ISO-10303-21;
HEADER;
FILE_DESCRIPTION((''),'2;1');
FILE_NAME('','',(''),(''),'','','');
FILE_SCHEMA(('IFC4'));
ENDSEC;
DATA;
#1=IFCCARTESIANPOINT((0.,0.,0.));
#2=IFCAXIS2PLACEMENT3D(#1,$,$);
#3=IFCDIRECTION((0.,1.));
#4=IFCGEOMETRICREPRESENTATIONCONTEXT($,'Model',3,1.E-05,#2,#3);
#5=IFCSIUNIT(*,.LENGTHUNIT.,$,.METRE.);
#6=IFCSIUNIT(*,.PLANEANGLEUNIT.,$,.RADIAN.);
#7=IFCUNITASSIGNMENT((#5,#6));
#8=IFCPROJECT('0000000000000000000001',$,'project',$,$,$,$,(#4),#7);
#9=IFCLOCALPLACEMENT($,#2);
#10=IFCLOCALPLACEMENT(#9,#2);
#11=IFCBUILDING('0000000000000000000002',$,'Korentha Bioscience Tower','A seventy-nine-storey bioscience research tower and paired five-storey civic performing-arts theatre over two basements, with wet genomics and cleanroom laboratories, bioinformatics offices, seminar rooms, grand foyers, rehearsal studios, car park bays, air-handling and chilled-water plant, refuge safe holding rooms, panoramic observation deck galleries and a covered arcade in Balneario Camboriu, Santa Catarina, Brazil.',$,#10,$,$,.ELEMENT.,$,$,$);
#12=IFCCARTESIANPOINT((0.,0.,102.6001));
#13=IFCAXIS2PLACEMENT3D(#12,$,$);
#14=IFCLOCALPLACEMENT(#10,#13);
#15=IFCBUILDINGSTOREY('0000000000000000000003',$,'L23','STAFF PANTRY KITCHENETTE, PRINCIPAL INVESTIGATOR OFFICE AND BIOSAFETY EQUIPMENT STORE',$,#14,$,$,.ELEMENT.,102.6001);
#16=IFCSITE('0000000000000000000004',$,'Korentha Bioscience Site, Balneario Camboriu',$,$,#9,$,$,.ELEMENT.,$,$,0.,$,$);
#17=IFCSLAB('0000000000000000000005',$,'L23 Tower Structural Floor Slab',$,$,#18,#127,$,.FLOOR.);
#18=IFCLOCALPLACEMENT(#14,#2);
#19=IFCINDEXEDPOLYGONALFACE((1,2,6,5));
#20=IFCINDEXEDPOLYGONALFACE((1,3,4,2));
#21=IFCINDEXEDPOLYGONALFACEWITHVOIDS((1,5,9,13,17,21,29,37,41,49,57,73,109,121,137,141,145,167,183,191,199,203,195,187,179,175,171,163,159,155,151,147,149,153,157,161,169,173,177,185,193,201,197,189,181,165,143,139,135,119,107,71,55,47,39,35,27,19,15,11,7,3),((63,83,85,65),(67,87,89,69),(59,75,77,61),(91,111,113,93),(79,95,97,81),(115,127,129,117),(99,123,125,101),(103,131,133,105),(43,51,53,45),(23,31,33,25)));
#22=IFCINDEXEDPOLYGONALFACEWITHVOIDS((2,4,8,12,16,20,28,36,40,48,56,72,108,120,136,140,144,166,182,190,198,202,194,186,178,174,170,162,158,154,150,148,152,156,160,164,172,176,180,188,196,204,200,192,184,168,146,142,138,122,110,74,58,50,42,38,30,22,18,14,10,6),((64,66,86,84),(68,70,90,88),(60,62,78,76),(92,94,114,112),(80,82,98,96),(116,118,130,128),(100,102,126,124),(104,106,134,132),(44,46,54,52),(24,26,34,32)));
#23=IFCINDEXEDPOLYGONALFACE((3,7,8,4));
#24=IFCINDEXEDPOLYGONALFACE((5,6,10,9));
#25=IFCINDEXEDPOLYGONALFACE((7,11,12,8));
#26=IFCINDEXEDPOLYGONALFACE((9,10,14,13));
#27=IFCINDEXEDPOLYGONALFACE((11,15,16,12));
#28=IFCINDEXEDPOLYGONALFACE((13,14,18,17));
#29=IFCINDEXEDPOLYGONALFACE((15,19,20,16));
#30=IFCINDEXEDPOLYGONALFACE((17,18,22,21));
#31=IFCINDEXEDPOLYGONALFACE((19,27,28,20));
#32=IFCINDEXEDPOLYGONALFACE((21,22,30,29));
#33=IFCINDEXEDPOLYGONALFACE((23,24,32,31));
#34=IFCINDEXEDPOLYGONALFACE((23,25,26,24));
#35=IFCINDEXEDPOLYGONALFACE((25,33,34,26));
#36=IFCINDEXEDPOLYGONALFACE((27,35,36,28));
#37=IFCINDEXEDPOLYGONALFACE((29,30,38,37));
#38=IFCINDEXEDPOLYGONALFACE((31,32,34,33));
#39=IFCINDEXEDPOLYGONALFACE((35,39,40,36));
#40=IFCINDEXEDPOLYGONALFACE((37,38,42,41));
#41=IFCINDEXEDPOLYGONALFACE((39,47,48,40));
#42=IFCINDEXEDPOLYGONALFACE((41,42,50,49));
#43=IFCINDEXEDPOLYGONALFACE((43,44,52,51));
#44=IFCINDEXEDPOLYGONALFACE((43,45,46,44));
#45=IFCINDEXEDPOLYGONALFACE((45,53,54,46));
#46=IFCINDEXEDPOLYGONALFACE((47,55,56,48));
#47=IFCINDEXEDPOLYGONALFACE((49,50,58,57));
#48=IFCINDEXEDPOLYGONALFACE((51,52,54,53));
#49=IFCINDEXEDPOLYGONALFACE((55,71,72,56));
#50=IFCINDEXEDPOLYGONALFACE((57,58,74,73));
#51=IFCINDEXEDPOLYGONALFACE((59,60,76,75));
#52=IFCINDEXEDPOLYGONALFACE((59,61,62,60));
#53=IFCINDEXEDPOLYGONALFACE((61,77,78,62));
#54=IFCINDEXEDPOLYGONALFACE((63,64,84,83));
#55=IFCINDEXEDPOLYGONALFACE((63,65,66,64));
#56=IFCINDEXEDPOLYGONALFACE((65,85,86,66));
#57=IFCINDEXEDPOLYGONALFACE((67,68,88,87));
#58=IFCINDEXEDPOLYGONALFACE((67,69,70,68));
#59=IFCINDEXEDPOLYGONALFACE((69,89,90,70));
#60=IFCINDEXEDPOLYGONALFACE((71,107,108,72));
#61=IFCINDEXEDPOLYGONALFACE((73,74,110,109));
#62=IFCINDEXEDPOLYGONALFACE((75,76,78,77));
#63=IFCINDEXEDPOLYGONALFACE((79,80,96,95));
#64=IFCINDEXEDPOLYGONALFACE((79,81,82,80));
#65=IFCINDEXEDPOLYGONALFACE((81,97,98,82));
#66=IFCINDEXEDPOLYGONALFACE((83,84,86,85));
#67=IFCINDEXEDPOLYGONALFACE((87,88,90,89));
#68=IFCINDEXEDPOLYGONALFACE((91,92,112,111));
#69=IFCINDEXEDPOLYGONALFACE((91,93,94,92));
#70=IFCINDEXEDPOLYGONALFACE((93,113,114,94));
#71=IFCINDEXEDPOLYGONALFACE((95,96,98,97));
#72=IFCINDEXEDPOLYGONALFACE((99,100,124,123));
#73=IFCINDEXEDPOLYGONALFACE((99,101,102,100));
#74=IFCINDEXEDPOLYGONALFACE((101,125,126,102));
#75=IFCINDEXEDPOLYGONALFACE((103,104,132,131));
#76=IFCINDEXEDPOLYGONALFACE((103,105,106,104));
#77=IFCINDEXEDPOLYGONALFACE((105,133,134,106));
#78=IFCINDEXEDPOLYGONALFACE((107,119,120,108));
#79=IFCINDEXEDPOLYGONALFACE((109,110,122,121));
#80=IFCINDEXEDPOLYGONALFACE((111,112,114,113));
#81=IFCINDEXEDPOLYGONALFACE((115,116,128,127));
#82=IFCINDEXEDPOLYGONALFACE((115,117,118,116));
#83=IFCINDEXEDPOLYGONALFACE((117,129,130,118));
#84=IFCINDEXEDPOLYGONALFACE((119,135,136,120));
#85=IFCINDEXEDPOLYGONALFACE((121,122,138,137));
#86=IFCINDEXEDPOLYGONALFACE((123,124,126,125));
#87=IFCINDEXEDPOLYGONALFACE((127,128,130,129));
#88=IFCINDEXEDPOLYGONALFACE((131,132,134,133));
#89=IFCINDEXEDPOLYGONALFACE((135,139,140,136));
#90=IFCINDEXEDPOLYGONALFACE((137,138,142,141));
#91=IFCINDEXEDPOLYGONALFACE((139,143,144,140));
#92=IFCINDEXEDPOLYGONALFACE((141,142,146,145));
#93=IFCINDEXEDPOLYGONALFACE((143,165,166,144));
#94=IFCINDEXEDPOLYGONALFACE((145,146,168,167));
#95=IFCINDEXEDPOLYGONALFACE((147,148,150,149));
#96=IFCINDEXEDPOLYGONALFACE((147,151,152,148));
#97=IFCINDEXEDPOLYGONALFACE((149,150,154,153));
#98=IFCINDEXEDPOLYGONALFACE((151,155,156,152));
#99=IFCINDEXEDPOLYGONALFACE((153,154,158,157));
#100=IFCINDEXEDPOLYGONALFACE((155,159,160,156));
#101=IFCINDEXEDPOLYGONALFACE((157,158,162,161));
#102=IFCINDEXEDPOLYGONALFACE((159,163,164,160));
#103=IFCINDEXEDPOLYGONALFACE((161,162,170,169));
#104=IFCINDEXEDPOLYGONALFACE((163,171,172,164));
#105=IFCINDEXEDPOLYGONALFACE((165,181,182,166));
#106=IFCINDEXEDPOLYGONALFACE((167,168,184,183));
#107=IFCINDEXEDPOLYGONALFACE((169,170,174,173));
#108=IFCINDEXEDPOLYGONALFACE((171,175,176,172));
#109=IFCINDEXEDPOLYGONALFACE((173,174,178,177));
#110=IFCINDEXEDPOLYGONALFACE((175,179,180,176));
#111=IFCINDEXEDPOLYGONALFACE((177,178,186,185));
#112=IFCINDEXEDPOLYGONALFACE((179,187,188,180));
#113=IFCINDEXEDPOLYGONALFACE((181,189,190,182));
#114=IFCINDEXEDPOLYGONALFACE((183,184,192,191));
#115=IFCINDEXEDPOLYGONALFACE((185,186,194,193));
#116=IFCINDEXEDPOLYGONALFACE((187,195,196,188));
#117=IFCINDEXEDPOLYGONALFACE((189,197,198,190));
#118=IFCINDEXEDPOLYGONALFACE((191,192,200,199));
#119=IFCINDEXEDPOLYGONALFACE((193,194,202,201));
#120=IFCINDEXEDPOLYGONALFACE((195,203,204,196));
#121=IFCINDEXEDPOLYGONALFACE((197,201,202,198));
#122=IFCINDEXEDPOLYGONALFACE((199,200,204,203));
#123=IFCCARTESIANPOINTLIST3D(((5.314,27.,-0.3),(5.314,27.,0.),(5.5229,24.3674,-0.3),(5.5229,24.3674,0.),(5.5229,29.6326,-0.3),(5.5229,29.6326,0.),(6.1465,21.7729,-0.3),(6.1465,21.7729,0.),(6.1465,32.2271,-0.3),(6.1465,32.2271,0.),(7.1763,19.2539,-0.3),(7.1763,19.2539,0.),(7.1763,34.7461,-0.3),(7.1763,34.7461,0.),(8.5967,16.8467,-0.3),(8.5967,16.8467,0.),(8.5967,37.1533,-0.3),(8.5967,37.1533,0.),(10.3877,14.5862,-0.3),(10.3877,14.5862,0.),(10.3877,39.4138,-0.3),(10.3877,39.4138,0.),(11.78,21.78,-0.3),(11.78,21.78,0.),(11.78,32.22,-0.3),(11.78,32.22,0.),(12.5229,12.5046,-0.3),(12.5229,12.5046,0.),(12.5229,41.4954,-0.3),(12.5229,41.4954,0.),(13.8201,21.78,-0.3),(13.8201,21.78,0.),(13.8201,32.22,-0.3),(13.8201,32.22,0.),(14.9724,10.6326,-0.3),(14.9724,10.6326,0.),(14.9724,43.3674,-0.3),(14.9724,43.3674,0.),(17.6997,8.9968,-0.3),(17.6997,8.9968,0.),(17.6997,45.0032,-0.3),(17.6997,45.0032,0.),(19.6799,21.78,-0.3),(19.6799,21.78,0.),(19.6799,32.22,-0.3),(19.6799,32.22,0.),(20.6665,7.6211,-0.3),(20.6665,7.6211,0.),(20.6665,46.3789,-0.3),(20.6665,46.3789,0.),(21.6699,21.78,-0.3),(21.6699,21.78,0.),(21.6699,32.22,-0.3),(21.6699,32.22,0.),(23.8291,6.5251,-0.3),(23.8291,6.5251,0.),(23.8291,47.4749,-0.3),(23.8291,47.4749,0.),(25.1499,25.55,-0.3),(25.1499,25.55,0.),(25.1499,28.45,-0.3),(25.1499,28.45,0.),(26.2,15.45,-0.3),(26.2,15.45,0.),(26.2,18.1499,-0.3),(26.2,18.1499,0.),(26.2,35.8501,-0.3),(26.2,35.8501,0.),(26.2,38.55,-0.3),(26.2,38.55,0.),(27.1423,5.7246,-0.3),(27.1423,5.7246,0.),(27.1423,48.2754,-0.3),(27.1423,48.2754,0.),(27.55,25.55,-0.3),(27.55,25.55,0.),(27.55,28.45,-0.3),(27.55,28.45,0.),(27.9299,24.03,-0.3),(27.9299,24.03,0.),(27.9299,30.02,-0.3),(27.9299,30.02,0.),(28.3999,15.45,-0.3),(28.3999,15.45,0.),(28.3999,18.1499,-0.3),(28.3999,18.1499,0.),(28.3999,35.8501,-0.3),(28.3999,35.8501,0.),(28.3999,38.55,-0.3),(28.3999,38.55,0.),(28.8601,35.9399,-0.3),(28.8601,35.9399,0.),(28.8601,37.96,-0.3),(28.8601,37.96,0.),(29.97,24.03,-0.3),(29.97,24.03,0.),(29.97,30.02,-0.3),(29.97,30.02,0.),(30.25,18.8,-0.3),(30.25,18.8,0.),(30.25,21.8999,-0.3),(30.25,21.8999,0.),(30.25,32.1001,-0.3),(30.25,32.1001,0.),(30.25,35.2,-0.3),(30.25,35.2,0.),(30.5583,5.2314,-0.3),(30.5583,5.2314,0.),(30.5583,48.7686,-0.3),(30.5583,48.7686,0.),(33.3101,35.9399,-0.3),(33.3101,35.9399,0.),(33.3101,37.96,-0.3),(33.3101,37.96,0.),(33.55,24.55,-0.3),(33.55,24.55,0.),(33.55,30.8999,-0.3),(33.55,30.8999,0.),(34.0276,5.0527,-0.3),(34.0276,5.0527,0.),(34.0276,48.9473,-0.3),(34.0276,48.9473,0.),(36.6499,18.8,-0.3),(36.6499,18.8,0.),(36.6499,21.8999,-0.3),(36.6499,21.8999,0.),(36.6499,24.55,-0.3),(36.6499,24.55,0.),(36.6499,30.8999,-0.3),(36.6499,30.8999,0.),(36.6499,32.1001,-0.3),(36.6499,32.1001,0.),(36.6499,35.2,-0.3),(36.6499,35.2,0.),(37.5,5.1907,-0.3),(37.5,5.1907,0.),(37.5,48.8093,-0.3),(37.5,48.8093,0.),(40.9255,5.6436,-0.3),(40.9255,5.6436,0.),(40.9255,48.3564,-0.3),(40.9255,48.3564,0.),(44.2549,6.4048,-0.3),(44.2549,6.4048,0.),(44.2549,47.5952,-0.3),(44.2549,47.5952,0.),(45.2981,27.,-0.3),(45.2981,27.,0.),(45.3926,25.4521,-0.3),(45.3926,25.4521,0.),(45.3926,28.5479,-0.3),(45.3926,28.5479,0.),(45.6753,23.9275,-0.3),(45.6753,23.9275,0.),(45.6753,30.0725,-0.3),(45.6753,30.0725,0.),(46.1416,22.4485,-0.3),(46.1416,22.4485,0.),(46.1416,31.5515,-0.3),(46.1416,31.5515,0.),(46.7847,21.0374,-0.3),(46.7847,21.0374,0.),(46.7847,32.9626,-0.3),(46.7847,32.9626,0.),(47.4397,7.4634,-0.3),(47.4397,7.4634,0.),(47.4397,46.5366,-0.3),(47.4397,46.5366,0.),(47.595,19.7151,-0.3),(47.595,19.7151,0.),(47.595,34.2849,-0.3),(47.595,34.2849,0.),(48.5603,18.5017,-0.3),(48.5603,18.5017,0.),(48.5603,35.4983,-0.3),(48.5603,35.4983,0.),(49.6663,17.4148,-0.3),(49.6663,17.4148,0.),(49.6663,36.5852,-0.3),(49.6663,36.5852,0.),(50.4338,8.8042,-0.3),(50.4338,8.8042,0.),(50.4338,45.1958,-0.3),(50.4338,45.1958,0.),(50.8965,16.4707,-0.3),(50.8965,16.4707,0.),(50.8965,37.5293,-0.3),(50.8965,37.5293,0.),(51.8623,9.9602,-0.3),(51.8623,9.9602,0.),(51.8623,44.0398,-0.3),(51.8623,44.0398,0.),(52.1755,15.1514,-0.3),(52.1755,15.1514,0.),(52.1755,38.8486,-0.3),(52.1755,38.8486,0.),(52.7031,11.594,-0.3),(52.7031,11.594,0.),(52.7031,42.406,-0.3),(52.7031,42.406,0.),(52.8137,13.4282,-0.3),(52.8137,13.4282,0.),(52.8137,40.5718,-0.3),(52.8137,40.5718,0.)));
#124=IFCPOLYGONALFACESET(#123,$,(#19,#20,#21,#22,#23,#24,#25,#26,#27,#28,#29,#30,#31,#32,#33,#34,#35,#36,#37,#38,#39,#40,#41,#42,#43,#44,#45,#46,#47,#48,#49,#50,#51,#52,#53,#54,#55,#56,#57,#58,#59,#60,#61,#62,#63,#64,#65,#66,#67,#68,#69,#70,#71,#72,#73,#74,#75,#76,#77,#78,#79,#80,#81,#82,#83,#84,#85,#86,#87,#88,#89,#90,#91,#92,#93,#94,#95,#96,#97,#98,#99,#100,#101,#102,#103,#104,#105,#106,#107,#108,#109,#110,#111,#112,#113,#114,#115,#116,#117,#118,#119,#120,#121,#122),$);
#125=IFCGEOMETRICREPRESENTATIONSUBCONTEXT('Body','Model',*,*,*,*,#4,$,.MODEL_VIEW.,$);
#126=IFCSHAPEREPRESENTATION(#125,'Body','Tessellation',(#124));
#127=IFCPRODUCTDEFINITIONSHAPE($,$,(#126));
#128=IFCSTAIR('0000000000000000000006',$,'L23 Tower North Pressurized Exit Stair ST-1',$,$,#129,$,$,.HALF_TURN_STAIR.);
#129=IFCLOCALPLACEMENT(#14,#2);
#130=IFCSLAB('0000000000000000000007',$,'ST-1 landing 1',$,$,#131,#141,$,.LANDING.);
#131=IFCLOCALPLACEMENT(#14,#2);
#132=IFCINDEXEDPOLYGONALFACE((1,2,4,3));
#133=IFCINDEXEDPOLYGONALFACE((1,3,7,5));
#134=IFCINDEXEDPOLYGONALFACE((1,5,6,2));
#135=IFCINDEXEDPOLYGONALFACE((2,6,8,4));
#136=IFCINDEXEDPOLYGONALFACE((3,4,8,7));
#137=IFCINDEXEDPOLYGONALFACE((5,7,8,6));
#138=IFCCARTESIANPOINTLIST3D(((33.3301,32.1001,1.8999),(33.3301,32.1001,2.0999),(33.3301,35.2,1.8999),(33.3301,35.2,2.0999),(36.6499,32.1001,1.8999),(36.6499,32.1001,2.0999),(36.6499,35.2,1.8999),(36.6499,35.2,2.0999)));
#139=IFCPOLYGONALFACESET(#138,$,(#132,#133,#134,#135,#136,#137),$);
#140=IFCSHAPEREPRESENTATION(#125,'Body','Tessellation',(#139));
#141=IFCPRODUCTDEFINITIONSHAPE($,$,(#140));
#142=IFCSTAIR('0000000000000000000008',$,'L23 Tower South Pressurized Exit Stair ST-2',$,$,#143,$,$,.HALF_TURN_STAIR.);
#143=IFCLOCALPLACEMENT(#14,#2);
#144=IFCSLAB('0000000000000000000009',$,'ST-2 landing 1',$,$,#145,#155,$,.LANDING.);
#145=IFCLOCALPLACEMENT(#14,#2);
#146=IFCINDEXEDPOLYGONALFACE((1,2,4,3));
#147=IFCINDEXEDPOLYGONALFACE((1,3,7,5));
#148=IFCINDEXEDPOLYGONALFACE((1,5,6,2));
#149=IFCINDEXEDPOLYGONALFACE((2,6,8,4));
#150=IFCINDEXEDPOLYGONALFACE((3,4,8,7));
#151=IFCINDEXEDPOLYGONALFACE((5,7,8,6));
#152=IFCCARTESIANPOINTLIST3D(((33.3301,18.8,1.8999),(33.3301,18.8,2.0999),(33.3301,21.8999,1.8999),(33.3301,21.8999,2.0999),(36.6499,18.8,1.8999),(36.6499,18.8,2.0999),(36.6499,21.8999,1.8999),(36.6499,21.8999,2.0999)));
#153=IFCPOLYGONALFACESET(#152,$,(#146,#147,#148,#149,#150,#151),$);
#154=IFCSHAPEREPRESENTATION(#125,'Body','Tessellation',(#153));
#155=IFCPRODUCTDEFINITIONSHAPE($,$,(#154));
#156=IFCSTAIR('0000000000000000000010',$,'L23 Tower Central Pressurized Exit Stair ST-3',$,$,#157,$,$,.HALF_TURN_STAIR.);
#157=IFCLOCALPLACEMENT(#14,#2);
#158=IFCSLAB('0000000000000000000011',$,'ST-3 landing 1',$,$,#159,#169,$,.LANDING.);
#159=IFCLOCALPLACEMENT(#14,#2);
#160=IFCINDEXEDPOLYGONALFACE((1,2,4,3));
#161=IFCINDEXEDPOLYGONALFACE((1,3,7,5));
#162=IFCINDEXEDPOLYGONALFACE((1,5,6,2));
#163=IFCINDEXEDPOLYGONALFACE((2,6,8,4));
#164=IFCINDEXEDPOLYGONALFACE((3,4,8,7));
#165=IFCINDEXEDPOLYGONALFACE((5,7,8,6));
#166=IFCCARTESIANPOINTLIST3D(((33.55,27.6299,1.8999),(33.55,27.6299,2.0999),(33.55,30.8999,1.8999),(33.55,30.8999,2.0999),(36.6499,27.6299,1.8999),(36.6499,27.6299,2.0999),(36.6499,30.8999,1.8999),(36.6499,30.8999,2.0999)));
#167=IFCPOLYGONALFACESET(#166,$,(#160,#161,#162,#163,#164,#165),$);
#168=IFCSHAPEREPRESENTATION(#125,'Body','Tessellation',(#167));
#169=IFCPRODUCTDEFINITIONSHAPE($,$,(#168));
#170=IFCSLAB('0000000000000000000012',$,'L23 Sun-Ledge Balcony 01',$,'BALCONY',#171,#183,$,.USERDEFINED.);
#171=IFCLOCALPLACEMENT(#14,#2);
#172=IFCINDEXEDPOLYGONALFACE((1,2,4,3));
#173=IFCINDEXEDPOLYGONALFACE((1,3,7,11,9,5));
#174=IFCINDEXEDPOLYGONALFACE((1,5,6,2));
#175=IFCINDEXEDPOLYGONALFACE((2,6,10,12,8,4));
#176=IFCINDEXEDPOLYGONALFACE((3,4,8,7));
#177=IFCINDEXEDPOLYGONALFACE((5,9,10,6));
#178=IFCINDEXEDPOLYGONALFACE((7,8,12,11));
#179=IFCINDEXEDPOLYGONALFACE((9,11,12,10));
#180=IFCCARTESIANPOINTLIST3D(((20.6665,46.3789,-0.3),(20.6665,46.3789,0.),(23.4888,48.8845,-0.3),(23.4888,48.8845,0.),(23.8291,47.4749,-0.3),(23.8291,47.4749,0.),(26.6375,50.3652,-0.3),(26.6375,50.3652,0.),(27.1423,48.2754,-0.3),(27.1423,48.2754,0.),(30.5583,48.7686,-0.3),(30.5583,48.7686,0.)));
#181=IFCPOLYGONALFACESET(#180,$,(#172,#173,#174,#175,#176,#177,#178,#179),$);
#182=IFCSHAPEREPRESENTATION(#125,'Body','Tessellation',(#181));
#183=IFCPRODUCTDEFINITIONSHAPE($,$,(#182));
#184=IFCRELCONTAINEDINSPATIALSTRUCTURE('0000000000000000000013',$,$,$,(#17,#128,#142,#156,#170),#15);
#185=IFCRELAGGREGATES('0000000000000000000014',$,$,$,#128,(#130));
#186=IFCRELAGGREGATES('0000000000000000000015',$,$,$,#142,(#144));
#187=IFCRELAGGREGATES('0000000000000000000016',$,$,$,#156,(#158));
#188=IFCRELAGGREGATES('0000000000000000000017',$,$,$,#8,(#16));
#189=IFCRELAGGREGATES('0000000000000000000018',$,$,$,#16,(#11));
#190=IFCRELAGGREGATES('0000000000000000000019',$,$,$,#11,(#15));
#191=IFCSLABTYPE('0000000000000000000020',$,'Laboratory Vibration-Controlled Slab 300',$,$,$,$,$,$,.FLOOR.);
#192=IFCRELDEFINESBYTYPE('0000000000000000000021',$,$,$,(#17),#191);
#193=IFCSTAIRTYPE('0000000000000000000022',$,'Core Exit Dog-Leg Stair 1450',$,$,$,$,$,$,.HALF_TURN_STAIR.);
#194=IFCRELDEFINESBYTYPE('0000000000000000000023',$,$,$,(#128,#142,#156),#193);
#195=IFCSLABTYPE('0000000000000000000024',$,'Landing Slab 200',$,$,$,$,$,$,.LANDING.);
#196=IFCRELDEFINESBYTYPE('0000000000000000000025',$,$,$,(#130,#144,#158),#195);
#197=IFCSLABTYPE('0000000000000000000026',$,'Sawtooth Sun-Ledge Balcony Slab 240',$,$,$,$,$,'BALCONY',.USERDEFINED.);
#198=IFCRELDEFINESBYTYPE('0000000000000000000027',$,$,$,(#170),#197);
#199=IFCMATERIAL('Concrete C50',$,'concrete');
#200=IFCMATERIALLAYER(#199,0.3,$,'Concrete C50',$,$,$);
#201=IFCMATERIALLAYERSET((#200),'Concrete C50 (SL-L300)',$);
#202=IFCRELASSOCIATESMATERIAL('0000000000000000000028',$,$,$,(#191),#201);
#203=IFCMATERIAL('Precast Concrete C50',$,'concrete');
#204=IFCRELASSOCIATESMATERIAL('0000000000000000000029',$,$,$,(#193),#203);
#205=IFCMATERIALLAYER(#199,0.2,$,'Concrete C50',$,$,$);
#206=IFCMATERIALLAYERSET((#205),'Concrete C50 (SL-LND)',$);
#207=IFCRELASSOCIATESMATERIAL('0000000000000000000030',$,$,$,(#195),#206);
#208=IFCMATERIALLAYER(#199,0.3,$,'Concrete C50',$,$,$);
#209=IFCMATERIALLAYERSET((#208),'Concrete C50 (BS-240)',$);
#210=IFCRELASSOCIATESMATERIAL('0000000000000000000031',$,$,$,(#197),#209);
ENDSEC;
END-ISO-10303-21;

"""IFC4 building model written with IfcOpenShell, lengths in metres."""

from ifc_helpers import new_model, si_unit, direction, frame, origin, place, context, subcontext, project, spatial, polyline, outline, extrude, material, layer, layer_set, type_object, element, aggregate, save


model = new_model("IFC4")

# Units and contexts
model_context = context("Model", 3, precision=1e-05, world=origin(), true_north=direction((0.0, 1.0)))
body_context = subcontext(model_context, "Body", "Model", "MODEL_VIEW")
ifc_project = project(units=[si_unit("LENGTHUNIT", "METRE"), si_unit("PLANEANGLEUNIT", "RADIAN")], contexts=[model_context])

# Site, building, storey
site_placement = place(None, origin())
site = spatial("IfcSite", under=ifc_project, at=site_placement, Name="Korentha Bioscience Site, Balneario Camboriu", CompositionType="ELEMENT", RefElevation=0.0)
building_placement = place(site_placement, origin())
building = spatial("IfcBuilding", under=site, at=building_placement, Name="Korentha Bioscience Tower", Description="A seventy-nine-storey bioscience research tower and paired five-storey civic performing-arts theatre over two basements, with wet genomics and cleanroom laboratories, bioinformatics offices, seminar rooms, grand foyers, rehearsal studios, car park bays, air-handling and chilled-water plant, refuge safe holding rooms, panoramic observation deck galleries and a covered arcade in Balneario Camboriu, Santa Catarina, Brazil.", CompositionType="ELEMENT")
storey_placement = place(building_placement, frame((0.0, 0.0, 102.6001)))
storey = spatial("IfcBuildingStorey", under=building, at=storey_placement, Name="L23", Description="STAFF PANTRY KITCHENETTE, PRINCIPAL INVESTIGATOR OFFICE AND BIOSAFETY EQUIPMENT STORE", CompositionType="ELEMENT", Elevation=102.6001)

# Slab
ifc_material_1 = material(Name="Concrete C50", Category="concrete")
ifc_layer_1 = layer(ifc_material_1, 0.3, Name="Concrete C50")
ifc_layer_set_1 = layer_set([ifc_layer_1], Name="Concrete C50 (SL-L300)")
slab_type_1 = type_object("IfcSlabType", Name="Laboratory Vibration-Controlled Slab 300", PredefinedType="FLOOR", material=ifc_layer_set_1)
slab_1_placement = place(storey_placement, frame((0.0, 0.0, -0.3)))
element("IfcSlab", 1, at=slab_1_placement, inside=storey, type_object=slab_type_1, Name="L23 Tower Structural Floor Slab", PredefinedType="FLOOR", context=body_context, shape_type="SweptSolid", body=[
    extrude(outline(polyline([(50.4338, 45.1958), (47.4397, 46.5366), (44.2549, 47.5952), (40.9255, 48.3564), (37.5, 48.8093), (34.0276, 48.9473), (30.5583, 48.7686), (27.1423, 48.2754), (23.8291, 47.4749), (20.6665, 46.3789), (17.6997, 45.0032), (14.9724, 43.3674), (12.5229, 41.4954), (10.3877, 39.4138), (8.5967, 37.1533), (7.1763, 34.7461), (6.1465, 32.2271), (5.5229, 29.6326), (5.314, 27.0), (5.5229, 24.3674), (6.1465, 21.7729), (7.1763, 19.2539), (8.5967, 16.8467), (10.3877, 14.5862), (12.5229, 12.5046), (14.9724, 10.6326), (17.6997, 8.9968), (20.6665, 7.6211), (23.8291, 6.5251), (27.1423, 5.7246), (30.5583, 5.2314), (34.0276, 5.0527), (37.5, 5.1907), (40.9255, 5.6436), (44.2549, 6.4048), (47.4397, 7.4634), (50.4338, 8.8042), (51.8623, 9.9602), (52.7031, 11.594), (52.8137, 13.4282), (52.1755, 15.1514), (50.8965, 16.4707), (49.6663, 17.4148), (48.5603, 18.5017), (47.595, 19.7151), (46.7847, 21.0374), (46.1416, 22.4485), (45.6753, 23.9275), (45.3926, 25.4521), (45.2981, 27.0), (45.3926, 28.5479), (45.6753, 30.0725), (46.1416, 31.5515), (46.7847, 32.9626), (47.595, 34.2849), (48.5603, 35.4983), (49.6663, 36.5852), (50.8965, 37.5293), (52.1755, 38.8486), (52.8137, 40.5718), (52.7031, 42.406), (51.8623, 44.0398), (50.4338, 45.1958)]), holes=[polyline([(30.25, 32.1001), (36.6499, 32.1001), (36.6499, 35.2), (30.25, 35.2), (30.25, 32.1001)]), polyline([(30.25, 18.8), (36.6499, 18.8), (36.6499, 21.8999), (30.25, 21.8999), (30.25, 18.8)]), polyline([(36.6499, 24.55), (36.6499, 30.8999), (33.55, 30.8999), (33.55, 24.55), (36.6499, 24.55)]), polyline([(11.78, 21.78), (13.8201, 21.78), (13.8201, 32.22), (11.78, 32.22), (11.78, 21.78)]), polyline([(19.6799, 21.78), (21.6699, 21.78), (21.6699, 32.22), (19.6799, 32.22), (19.6799, 21.78)]), polyline([(27.9299, 24.03), (29.97, 24.03), (29.97, 30.02), (27.9299, 30.02), (27.9299, 24.03)]), polyline([(28.8601, 35.9399), (33.3101, 35.9399), (33.3101, 37.96), (28.8601, 37.96), (28.8601, 35.9399)]), polyline([(26.2, 15.45), (28.3999, 15.45), (28.3999, 18.1499), (26.2, 18.1499), (26.2, 15.45)]), polyline([(26.2, 35.8501), (28.3999, 35.8501), (28.3999, 38.55), (26.2, 38.55), (26.2, 35.8501)]), polyline([(25.1499, 25.55), (27.55, 25.55), (27.55, 28.45), (25.1499, 28.45), (25.1499, 25.55)])]), origin(), (0.0, 0.0, 1.0), 0.3),
])

# Stairs, slabs
ifc_material_2 = material(Name="Precast Concrete C50", Category="concrete")
stair_type = type_object("IfcStairType", Name="Core Exit Dog-Leg Stair 1450", PredefinedType="HALF_TURN_STAIR", material=ifc_material_2)
stair_1_placement = place(storey_placement, origin())
stair_1 = element("IfcStair", 2, at=stair_1_placement, inside=storey, type_object=stair_type, Name="L23 Tower North Pressurized Exit Stair ST-1", PredefinedType="HALF_TURN_STAIR")
ifc_layer_2 = layer(ifc_material_1, 0.2, Name="Concrete C50")
ifc_layer_set_2 = layer_set([ifc_layer_2], Name="Concrete C50 (SL-LND)")
slab_type_2 = type_object("IfcSlabType", Name="Landing Slab 200", PredefinedType="LANDING", material=ifc_layer_set_2)
slab_2_placement = place(storey_placement, frame((0.0, 0.0, 1.8999)))
slab_2 = element("IfcSlab", 3, at=slab_2_placement, type_object=slab_type_2, Name="ST-1 landing 1", PredefinedType="LANDING", context=body_context, shape_type="SweptSolid", body=[
    extrude(outline(polyline([(33.3301, 32.1001), (36.6499, 32.1001), (36.6499, 35.2), (33.3301, 35.2), (33.3301, 32.1001)])), origin(), (0.0, 0.0, 1.0), 0.2),
])
aggregate(stair_1, [slab_2])
stair_2_placement = place(storey_placement, origin())
stair_2 = element("IfcStair", 4, at=stair_2_placement, inside=storey, type_object=stair_type, Name="L23 Tower South Pressurized Exit Stair ST-2", PredefinedType="HALF_TURN_STAIR")
slab_3_placement = place(storey_placement, frame((0.0, 0.0, 1.8999)))
slab_3 = element("IfcSlab", 5, at=slab_3_placement, type_object=slab_type_2, Name="ST-2 landing 1", PredefinedType="LANDING", context=body_context, shape_type="SweptSolid", body=[
    extrude(outline(polyline([(33.3301, 18.8), (36.6499, 18.8), (36.6499, 21.8999), (33.3301, 21.8999), (33.3301, 18.8)])), origin(), (0.0, 0.0, 1.0), 0.2),
])
aggregate(stair_2, [slab_3])
stair_3_placement = place(storey_placement, origin())
stair_3 = element("IfcStair", 6, at=stair_3_placement, inside=storey, type_object=stair_type, Name="L23 Tower Central Pressurized Exit Stair ST-3", PredefinedType="HALF_TURN_STAIR")
slab_4_placement = place(storey_placement, frame((0.0, 0.0, 1.8999)))
slab_4 = element("IfcSlab", 7, at=slab_4_placement, type_object=slab_type_2, Name="ST-3 landing 1", PredefinedType="LANDING", context=body_context, shape_type="SweptSolid", body=[
    extrude(outline(polyline([(36.6499, 27.6299), (36.6499, 30.8999), (33.55, 30.8999), (33.55, 27.6299), (36.6499, 27.6299)])), origin(), (0.0, 0.0, 1.0), 0.2),
])
aggregate(stair_3, [slab_4])

# Slab
ifc_layer_3 = layer(ifc_material_1, 0.3, Name="Concrete C50")
ifc_layer_set_3 = layer_set([ifc_layer_3], Name="Concrete C50 (BS-240)")
slab_type_3 = type_object("IfcSlabType", Name="Sawtooth Sun-Ledge Balcony Slab 240", ElementType="BALCONY", PredefinedType="USERDEFINED", material=ifc_layer_set_3)
slab_5_placement = place(storey_placement, frame((0.0, 0.0, -0.3)))
element("IfcSlab", 8, at=slab_5_placement, inside=storey, type_object=slab_type_3, Name="L23 Sun-Ledge Balcony 01", ObjectType="BALCONY", PredefinedType="USERDEFINED", context=body_context, shape_type="SweptSolid", body=[
    extrude(outline(polyline([(20.6665, 46.3789), (23.8291, 47.4749), (27.1423, 48.2754), (30.5583, 48.7686), (26.6375, 50.3652), (23.4888, 48.8845), (20.6665, 46.3789)])), origin(), (0.0, 0.0, 1.0), 0.3),
])

save(model, "model.ifc")
